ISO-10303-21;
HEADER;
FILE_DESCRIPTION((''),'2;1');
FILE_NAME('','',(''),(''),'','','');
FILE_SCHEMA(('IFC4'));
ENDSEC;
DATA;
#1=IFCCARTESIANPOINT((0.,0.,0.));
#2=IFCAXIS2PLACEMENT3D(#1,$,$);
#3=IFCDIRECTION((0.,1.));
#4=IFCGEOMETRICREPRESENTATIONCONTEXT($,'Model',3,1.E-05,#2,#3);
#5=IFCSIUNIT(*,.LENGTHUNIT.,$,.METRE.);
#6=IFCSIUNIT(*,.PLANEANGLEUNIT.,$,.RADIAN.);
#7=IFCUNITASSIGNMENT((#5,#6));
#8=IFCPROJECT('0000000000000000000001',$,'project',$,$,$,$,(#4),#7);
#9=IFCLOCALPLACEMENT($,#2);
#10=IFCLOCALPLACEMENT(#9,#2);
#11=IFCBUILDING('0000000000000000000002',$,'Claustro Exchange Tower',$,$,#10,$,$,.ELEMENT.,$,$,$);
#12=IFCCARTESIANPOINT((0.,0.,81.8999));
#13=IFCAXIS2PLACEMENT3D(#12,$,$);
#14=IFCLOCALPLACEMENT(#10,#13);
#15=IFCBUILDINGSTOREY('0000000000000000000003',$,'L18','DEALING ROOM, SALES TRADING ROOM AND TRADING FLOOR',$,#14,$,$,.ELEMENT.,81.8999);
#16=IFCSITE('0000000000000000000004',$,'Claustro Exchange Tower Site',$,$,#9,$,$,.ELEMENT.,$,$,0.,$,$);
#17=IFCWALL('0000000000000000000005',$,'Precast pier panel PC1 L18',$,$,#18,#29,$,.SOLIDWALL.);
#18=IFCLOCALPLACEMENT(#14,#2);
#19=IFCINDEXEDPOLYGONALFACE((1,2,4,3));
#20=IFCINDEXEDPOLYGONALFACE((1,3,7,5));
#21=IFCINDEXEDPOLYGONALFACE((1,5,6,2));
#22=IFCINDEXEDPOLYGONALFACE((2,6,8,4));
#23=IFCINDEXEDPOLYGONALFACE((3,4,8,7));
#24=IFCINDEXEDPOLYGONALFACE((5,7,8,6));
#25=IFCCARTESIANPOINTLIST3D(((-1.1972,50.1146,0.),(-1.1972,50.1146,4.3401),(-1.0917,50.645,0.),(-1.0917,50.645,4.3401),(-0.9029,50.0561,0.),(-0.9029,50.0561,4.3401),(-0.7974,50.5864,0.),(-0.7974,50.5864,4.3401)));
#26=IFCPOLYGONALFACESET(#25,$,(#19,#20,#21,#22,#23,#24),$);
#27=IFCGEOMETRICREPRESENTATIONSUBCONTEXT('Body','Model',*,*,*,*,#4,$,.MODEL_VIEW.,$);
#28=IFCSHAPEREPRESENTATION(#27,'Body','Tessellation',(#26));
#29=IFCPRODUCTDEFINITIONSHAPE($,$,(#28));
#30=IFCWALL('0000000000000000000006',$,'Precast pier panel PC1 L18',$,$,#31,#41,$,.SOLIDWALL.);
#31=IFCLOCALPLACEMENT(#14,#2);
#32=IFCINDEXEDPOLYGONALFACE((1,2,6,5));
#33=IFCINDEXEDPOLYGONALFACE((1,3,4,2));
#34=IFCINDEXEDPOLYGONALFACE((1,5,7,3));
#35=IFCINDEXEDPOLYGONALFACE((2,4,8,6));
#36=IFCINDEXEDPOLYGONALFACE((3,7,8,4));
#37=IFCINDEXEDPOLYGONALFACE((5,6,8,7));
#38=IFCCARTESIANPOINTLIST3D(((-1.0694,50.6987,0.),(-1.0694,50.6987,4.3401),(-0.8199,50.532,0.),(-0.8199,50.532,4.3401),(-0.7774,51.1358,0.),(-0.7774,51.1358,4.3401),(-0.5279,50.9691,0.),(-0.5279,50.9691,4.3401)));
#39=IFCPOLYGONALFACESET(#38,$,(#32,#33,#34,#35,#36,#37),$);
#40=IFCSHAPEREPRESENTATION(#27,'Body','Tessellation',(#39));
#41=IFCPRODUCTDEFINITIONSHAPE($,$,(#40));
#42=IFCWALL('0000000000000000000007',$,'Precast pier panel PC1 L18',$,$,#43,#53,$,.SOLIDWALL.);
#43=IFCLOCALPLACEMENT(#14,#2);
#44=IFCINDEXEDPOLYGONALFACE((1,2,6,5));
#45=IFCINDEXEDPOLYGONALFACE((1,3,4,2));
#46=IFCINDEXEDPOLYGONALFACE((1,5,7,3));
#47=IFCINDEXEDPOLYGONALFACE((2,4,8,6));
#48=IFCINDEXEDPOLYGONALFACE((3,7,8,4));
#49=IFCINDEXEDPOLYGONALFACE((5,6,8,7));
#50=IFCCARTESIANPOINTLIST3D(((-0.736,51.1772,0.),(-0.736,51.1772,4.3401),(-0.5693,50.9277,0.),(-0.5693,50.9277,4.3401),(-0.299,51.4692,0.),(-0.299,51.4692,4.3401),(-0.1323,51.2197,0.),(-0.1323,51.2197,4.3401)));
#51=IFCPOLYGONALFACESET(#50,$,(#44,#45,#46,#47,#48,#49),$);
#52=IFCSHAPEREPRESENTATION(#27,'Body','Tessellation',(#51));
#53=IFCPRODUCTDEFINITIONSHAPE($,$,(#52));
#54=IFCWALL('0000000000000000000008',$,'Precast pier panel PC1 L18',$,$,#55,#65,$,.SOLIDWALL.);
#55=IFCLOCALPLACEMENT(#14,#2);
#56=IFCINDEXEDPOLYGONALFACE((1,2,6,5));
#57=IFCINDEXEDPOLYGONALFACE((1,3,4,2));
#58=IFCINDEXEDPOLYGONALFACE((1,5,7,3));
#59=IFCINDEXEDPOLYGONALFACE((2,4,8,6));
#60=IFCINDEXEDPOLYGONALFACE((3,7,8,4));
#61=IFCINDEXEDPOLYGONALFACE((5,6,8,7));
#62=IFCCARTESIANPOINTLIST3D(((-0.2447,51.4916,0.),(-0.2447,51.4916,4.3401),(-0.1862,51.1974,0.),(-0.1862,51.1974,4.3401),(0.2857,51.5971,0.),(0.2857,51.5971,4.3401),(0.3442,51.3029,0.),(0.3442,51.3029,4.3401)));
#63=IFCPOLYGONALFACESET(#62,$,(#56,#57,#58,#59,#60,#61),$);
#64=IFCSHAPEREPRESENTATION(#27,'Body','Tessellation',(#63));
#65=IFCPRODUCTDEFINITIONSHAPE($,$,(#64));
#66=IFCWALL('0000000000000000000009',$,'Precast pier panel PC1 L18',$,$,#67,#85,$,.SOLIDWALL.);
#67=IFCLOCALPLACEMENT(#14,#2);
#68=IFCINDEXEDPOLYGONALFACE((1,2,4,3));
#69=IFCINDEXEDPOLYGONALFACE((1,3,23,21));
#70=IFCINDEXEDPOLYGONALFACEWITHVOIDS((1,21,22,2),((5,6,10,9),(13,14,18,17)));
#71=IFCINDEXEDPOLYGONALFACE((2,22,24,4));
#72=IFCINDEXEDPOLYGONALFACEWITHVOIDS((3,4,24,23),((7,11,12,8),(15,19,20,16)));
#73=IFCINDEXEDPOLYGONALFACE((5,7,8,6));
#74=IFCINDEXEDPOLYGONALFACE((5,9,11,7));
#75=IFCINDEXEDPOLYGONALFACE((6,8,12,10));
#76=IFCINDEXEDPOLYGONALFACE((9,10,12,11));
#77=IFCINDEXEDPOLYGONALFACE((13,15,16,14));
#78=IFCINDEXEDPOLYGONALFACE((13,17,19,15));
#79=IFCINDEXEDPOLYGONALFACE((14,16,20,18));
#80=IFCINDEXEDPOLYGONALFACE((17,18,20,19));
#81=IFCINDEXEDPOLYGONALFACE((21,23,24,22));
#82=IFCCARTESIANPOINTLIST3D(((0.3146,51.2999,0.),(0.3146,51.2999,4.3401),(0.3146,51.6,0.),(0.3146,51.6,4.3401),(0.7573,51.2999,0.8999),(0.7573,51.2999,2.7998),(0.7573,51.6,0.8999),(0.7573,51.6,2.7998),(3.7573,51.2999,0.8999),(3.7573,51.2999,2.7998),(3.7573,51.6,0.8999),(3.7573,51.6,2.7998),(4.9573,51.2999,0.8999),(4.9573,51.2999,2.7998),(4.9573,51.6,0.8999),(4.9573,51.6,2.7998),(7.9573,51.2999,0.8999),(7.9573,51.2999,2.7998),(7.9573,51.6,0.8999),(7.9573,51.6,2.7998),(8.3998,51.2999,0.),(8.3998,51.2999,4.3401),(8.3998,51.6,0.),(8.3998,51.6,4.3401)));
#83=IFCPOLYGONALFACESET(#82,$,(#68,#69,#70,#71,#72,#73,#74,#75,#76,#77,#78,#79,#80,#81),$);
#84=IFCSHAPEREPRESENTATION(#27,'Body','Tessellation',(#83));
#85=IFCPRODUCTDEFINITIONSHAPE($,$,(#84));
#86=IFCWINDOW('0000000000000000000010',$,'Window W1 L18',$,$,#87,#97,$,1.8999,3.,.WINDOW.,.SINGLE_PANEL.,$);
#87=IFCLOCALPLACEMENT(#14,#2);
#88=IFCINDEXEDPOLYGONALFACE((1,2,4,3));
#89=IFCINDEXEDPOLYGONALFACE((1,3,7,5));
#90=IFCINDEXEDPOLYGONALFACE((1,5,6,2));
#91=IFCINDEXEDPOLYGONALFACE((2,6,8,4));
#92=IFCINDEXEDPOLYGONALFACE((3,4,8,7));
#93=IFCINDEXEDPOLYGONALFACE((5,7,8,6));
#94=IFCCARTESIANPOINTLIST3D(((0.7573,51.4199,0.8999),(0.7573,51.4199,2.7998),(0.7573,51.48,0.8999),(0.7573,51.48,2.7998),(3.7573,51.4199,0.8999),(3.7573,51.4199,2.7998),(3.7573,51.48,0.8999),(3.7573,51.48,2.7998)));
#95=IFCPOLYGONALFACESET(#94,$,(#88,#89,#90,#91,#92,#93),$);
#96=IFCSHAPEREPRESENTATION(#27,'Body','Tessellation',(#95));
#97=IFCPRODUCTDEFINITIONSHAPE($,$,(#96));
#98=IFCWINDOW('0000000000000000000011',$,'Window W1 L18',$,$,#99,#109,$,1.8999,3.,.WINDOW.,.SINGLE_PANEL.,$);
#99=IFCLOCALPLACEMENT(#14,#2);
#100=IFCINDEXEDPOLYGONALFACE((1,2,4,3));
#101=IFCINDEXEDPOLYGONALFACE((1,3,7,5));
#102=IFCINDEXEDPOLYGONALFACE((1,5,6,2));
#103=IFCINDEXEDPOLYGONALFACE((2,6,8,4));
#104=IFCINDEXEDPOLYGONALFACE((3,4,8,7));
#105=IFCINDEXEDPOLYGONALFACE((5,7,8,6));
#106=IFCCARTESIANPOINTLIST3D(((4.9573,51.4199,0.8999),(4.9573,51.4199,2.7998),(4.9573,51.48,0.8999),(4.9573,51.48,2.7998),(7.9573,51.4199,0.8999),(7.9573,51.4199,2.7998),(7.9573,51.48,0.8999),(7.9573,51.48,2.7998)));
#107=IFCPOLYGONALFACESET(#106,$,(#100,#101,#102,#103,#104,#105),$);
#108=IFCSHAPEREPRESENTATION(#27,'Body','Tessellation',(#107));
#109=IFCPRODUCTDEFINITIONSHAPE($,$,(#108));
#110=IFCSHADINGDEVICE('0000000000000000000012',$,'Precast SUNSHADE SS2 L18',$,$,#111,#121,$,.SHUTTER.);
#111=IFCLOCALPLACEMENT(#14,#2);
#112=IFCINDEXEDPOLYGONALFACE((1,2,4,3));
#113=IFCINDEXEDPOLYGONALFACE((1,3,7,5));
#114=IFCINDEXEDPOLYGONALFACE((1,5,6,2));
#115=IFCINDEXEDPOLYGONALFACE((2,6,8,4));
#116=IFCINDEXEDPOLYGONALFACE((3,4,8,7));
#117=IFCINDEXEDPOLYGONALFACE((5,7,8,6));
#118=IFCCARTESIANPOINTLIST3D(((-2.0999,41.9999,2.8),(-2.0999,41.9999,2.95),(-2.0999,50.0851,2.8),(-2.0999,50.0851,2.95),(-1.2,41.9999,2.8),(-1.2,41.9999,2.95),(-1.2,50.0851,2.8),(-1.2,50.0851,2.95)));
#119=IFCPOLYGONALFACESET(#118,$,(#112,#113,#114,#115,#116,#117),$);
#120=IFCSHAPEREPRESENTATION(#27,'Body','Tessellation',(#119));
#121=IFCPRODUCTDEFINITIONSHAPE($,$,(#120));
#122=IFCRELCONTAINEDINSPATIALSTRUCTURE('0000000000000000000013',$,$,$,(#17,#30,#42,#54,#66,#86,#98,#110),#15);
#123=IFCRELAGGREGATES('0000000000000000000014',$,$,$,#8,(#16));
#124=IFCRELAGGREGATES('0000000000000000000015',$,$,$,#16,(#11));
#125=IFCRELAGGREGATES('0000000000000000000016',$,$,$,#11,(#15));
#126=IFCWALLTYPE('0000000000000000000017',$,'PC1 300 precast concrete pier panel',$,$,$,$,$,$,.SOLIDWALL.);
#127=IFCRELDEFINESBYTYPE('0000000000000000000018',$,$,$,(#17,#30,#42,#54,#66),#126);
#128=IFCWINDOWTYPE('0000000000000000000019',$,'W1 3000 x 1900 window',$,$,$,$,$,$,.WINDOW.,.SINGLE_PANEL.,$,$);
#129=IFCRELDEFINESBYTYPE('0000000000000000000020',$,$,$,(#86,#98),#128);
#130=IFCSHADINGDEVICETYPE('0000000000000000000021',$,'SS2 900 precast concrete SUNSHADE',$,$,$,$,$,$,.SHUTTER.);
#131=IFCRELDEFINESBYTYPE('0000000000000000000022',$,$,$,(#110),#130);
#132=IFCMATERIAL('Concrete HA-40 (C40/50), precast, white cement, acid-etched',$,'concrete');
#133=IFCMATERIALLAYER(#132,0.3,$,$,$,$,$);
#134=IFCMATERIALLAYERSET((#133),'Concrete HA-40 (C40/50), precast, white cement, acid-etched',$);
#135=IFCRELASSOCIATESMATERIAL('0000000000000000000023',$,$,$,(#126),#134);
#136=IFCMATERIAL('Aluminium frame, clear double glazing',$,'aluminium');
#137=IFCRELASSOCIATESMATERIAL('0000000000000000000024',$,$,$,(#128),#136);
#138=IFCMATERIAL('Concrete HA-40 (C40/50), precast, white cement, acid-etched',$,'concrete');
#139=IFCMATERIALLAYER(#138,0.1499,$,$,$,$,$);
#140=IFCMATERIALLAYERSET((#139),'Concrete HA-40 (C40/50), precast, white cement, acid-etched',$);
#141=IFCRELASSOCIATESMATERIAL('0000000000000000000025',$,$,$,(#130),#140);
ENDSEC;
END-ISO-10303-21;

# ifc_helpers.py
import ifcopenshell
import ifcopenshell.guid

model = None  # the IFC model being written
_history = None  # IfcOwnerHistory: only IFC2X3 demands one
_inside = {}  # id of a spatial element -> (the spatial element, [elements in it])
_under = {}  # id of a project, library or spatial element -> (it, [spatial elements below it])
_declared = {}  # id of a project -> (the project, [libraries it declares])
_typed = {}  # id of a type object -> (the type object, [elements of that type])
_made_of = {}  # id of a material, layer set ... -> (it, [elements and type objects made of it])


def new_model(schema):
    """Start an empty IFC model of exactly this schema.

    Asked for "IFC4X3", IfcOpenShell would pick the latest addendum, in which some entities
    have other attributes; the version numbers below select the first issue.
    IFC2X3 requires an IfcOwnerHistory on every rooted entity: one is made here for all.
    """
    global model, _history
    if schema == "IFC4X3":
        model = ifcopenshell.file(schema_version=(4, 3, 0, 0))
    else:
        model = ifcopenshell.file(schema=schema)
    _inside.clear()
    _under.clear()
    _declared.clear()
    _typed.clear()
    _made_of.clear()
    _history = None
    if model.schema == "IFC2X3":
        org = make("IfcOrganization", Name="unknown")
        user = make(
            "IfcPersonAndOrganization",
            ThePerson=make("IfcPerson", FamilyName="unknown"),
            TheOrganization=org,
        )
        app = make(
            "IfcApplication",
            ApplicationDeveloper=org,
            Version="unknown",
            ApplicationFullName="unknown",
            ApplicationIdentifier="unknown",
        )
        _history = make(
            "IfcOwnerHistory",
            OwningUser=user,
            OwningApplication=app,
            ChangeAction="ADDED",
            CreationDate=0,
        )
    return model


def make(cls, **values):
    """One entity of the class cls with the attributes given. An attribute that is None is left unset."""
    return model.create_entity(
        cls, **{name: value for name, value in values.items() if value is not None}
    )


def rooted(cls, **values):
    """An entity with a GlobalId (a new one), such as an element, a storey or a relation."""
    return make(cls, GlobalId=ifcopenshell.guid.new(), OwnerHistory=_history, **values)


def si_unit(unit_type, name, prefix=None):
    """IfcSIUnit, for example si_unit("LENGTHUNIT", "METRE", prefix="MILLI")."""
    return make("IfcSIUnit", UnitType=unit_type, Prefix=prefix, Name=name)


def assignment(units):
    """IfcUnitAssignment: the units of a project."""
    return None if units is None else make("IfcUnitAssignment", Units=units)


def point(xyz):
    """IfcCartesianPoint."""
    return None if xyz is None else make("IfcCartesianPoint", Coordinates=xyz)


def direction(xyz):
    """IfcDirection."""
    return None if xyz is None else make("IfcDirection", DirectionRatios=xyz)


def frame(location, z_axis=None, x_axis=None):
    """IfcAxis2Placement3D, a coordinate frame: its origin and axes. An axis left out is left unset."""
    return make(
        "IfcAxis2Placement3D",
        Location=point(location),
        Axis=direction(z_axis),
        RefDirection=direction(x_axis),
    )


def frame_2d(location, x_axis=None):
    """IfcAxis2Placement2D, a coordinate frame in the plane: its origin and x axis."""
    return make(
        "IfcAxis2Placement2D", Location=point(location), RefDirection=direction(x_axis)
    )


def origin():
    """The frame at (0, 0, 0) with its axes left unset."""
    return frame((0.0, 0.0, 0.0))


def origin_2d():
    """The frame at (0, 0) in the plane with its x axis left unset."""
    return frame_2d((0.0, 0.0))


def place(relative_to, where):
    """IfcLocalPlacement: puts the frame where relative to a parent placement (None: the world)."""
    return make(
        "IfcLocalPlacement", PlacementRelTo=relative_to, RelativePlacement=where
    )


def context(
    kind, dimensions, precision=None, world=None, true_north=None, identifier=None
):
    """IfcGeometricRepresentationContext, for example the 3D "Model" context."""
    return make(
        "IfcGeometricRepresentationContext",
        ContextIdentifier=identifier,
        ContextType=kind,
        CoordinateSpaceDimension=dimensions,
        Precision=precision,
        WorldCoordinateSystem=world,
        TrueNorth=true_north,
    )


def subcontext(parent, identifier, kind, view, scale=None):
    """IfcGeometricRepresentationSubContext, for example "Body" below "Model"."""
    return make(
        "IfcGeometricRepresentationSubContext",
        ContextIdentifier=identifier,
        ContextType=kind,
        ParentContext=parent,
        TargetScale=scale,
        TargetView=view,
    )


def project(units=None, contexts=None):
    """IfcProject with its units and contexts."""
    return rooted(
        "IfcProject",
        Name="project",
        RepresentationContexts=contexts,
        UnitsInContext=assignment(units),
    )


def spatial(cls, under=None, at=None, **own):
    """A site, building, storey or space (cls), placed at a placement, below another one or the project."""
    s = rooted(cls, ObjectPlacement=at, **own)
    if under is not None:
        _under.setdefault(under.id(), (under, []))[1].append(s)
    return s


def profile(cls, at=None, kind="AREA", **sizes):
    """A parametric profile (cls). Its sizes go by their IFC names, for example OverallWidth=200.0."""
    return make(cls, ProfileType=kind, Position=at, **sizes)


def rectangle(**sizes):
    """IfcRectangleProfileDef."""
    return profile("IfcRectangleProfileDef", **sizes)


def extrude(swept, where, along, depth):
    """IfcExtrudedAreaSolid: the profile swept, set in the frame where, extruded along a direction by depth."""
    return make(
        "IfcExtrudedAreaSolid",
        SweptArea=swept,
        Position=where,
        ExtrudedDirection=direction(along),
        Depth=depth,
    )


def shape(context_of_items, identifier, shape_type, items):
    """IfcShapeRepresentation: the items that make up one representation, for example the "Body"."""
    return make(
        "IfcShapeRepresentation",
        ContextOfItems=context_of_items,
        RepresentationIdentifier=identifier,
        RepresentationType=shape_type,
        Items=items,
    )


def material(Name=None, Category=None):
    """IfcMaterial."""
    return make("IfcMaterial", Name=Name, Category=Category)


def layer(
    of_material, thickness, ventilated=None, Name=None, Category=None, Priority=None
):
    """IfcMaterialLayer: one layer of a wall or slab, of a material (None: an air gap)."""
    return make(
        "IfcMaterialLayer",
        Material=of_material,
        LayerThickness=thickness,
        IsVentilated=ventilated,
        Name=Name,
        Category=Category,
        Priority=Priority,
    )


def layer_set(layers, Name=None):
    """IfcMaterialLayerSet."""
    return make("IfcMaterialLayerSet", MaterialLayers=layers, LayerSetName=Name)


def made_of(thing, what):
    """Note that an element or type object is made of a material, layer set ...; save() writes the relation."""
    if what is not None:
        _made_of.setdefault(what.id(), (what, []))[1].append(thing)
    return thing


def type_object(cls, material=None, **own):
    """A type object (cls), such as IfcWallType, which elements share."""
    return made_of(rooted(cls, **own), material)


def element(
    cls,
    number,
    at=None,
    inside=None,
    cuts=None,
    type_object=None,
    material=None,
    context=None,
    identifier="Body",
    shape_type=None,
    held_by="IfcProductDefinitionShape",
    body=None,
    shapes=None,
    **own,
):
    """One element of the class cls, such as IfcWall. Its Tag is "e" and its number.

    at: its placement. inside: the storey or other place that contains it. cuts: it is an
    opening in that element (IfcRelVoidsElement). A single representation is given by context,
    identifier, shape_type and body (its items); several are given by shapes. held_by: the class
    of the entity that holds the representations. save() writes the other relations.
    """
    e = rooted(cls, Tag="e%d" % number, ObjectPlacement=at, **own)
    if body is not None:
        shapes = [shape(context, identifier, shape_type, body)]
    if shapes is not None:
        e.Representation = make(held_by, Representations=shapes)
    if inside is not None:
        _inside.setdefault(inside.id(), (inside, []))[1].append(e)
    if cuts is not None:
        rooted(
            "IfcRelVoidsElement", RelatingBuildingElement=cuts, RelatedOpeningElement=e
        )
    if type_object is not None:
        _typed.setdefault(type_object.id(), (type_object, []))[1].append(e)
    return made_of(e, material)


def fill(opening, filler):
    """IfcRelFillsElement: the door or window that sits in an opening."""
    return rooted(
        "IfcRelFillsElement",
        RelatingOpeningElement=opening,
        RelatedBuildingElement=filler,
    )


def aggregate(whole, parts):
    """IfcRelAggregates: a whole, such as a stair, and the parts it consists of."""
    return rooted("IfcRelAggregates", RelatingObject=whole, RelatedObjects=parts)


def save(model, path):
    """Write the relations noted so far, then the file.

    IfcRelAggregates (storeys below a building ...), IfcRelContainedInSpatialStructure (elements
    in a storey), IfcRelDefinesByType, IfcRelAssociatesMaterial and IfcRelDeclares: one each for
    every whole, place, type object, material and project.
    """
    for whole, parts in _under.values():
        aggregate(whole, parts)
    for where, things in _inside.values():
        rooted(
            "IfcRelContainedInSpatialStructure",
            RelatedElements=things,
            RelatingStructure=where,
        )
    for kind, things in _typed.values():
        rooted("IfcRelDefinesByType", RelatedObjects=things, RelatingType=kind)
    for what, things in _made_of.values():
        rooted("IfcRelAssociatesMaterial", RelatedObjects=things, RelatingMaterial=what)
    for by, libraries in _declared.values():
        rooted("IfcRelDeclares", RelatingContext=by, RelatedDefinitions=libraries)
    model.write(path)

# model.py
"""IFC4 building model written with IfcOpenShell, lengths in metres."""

from ifc_helpers import new_model, si_unit, direction, frame, frame_2d, origin, origin_2d, place, context, subcontext, project, spatial, rectangle, extrude, material, layer, layer_set, type_object, element, fill, save


model = new_model("IFC4")

# Units and contexts
model_context = context("Model", 3, precision=1e-05, world=origin(), true_north=direction((0.0, 1.0)))
body_context = subcontext(model_context, "Body", "Model", "MODEL_VIEW")
ifc_project = project(units=[si_unit("LENGTHUNIT", "METRE"), si_unit("PLANEANGLEUNIT", "RADIAN")], contexts=[model_context])

# Site, building, storey
site_placement = place(None, origin())
site = spatial("IfcSite", under=ifc_project, at=site_placement, Name="Claustro Exchange Tower Site", CompositionType="ELEMENT", RefElevation=0.0)
building_placement = place(site_placement, origin())
building = spatial("IfcBuilding", under=site, at=building_placement, Name="Claustro Exchange Tower", CompositionType="ELEMENT")
storey_placement = place(building_placement, frame((0.0, 0.0, 81.8999)))
storey = spatial("IfcBuildingStorey", under=building, at=storey_placement, Name="L18", Description="DEALING ROOM, SALES TRADING ROOM AND TRADING FLOOR", CompositionType="ELEMENT", Elevation=81.8999)

# Walls
ifc_material_1 = material(Name="Concrete HA-40 (C40/50), precast, white cement, acid-etched", Category="concrete")
ifc_layer_1 = layer(ifc_material_1, 0.3)
ifc_layer_set_1 = layer_set([ifc_layer_1], Name="Concrete HA-40 (C40/50), precast, white cement, acid-etched")
wall_type_1 = type_object("IfcWallType", Name="PC1 300 precast concrete pier panel", PredefinedType="SOLIDWALL", material=ifc_layer_set_1)
wall_1_placement = place(storey_placement, frame((-1.05, 50.0852, 0.0), z_axis=(0.0, 0.0, 1.0), x_axis=(0.195074, 0.980789, 0.0)))
element("IfcWall", 1, at=wall_1_placement, inside=storey, type_object=wall_type_1, Name="Precast pier panel PC1 L18", PredefinedType="SOLIDWALL", context=body_context, shape_type="SweptSolid", body=[
    extrude(rectangle(XDim=0.5408, YDim=0.3, at=frame_2d((0.2705, 0.0))), origin(), (0.0, 0.0, 1.0), 4.3401),
])
for number, where, z_axis, x_axis, name in (
    (2, (-0.9446, 50.6155, 0.0), (0.0, 0.0, 1.0), (0.555557, 0.831478, 0.0), "Precast pier panel PC1 L18"),
    (3, (-0.6526, 51.0525, 0.0), (0.0, 0.0, 1.0), (0.831478, 0.555557, 0.0), "Precast pier panel PC1 L18"),
):
    element("IfcWall", number, at=place(storey_placement, frame(where, z_axis=z_axis, x_axis=x_axis)), inside=storey, type_object=wall_type_1, Name=name, PredefinedType="SOLIDWALL", context=body_context, shape_type="SweptSolid", body=[
        extrude(rectangle(XDim=0.5256, YDim=0.3, at=frame_2d((0.2627, 0.0))), origin(), (0.0, 0.0, 1.0), 4.3401),
    ])
wall_2_placement = place(storey_placement, frame((-0.2156, 51.3445, 0.0), z_axis=(0.0, 0.0, 1.0), x_axis=(0.980789, 0.195074, 0.0)))
element("IfcWall", 4, at=wall_2_placement, inside=storey, type_object=wall_type_1, Name="Precast pier panel PC1 L18", PredefinedType="SOLIDWALL", context=body_context, shape_type="SweptSolid", body=[
    extrude(rectangle(XDim=0.5408, YDim=0.3, at=frame_2d((0.2705, 0.0))), origin(), (0.0, 0.0, 1.0), 4.3401),
])

# Wall, openings, windows
wall_3_placement = place(storey_placement, frame((0.3147, 51.45, 0.0), z_axis=(0.0, 0.0, 1.0), x_axis=(1.0, 0.0, 0.0)))
wall_3 = element("IfcWall", 5, at=wall_3_placement, inside=storey, type_object=wall_type_1, Name="Precast pier panel PC1 L18", PredefinedType="SOLIDWALL", context=body_context, shape_type="SweptSolid", body=[
    extrude(rectangle(XDim=8.0852, YDim=0.3, at=frame_2d((4.0425, 0.0))), origin(), (0.0, 0.0, 1.0), 4.3401),
])
opening_1_placement = place(wall_3_placement, frame((0.4426, 0.0, 0.8999)))
opening_1 = element("IfcOpeningElement", 6, at=opening_1_placement, cuts=wall_3, PredefinedType="OPENING", context=body_context, shape_type="SweptSolid", body=[
    extrude(rectangle(XDim=3.0, YDim=1.8999, at=frame_2d((1.5, 0.95))), frame((0.0, 0.1599, 0.0), z_axis=(0.0, -1.0, 0.0), x_axis=(1.0, 0.0, 0.0)), (0.0, 0.0, 1.0), 0.3201),
])
opening_2_placement = place(wall_3_placement, frame((4.6426, 0.0, 0.8999)))
opening_2 = element("IfcOpeningElement", 7, at=opening_2_placement, cuts=wall_3, PredefinedType="OPENING", context=body_context, shape_type="SweptSolid", body=[
    extrude(rectangle(XDim=3.0, YDim=1.8999, at=frame_2d((1.5, 0.95))), frame((0.0, 0.1599, 0.0), z_axis=(0.0, -1.0, 0.0), x_axis=(1.0, 0.0, 0.0)), (0.0, 0.0, 1.0), 0.3201),
])
ifc_material_2 = material(Name="Aluminium frame, clear double glazing", Category="aluminium")
window_type = type_object("IfcWindowType", Name="W1 3000 x 1900 window", PartitioningType="SINGLE_PANEL", PredefinedType="WINDOW", material=ifc_material_2)
window_1_placement = place(opening_1_placement, origin())
window_1 = element("IfcWindow", 8, at=window_1_placement, inside=storey, type_object=window_type, Name="Window W1 L18", OverallHeight=1.8999, OverallWidth=3.0, PartitioningType="SINGLE_PANEL", PredefinedType="WINDOW", context=body_context, shape_type="SweptSolid", body=[
    extrude(rectangle(XDim=3.0, YDim=1.8999, at=frame_2d((1.5, 0.95))), frame((0.0, 0.03, 0.0), z_axis=(0.0, -1.0, 0.0), x_axis=(1.0, 0.0, 0.0)), (0.0, 0.0, 1.0), 0.0601),
])
fill(opening_1, window_1)
window_2_placement = place(opening_2_placement, origin())
window_2 = element("IfcWindow", 9, at=window_2_placement, inside=storey, type_object=window_type, Name="Window W1 L18", OverallHeight=1.8999, OverallWidth=3.0, PartitioningType="SINGLE_PANEL", PredefinedType="WINDOW", context=body_context, shape_type="SweptSolid", body=[
    extrude(rectangle(XDim=3.0, YDim=1.8999, at=frame_2d((1.5, 0.95))), frame((0.0, 0.03, 0.0), z_axis=(0.0, -1.0, 0.0), x_axis=(1.0, 0.0, 0.0)), (0.0, 0.0, 1.0), 0.0601),
])
fill(opening_2, window_2)

# Shading device
ifc_material_3 = material(Name="Concrete HA-40 (C40/50), precast, white cement, acid-etched", Category="concrete")
ifc_layer_2 = layer(ifc_material_3, 0.1499)
ifc_layer_set_2 = layer_set([ifc_layer_2], Name="Concrete HA-40 (C40/50), precast, white cement, acid-etched")
shading_device_type = type_object("IfcShadingDeviceType", Name="SS2 900 precast concrete SUNSHADE", PredefinedType="SHUTTER", material=ifc_layer_set_2)
shading_device_placement = place(storey_placement, frame((-1.6499, 46.0425, 2.8), z_axis=(0.0, 0.0, 1.0), x_axis=(0.0, 1.0, 0.0)))
element("IfcShadingDevice", 10, at=shading_device_placement, inside=storey, type_object=shading_device_type, Name="Precast SUNSHADE SS2 L18", PredefinedType="SHUTTER", context=body_context, shape_type="SweptSolid", body=[
    extrude(rectangle(XDim=8.0852, YDim=0.8999, at=origin_2d()), origin(), (0.0, 0.0, 1.0), 0.1499),
])

save(model, "model.ifc")
